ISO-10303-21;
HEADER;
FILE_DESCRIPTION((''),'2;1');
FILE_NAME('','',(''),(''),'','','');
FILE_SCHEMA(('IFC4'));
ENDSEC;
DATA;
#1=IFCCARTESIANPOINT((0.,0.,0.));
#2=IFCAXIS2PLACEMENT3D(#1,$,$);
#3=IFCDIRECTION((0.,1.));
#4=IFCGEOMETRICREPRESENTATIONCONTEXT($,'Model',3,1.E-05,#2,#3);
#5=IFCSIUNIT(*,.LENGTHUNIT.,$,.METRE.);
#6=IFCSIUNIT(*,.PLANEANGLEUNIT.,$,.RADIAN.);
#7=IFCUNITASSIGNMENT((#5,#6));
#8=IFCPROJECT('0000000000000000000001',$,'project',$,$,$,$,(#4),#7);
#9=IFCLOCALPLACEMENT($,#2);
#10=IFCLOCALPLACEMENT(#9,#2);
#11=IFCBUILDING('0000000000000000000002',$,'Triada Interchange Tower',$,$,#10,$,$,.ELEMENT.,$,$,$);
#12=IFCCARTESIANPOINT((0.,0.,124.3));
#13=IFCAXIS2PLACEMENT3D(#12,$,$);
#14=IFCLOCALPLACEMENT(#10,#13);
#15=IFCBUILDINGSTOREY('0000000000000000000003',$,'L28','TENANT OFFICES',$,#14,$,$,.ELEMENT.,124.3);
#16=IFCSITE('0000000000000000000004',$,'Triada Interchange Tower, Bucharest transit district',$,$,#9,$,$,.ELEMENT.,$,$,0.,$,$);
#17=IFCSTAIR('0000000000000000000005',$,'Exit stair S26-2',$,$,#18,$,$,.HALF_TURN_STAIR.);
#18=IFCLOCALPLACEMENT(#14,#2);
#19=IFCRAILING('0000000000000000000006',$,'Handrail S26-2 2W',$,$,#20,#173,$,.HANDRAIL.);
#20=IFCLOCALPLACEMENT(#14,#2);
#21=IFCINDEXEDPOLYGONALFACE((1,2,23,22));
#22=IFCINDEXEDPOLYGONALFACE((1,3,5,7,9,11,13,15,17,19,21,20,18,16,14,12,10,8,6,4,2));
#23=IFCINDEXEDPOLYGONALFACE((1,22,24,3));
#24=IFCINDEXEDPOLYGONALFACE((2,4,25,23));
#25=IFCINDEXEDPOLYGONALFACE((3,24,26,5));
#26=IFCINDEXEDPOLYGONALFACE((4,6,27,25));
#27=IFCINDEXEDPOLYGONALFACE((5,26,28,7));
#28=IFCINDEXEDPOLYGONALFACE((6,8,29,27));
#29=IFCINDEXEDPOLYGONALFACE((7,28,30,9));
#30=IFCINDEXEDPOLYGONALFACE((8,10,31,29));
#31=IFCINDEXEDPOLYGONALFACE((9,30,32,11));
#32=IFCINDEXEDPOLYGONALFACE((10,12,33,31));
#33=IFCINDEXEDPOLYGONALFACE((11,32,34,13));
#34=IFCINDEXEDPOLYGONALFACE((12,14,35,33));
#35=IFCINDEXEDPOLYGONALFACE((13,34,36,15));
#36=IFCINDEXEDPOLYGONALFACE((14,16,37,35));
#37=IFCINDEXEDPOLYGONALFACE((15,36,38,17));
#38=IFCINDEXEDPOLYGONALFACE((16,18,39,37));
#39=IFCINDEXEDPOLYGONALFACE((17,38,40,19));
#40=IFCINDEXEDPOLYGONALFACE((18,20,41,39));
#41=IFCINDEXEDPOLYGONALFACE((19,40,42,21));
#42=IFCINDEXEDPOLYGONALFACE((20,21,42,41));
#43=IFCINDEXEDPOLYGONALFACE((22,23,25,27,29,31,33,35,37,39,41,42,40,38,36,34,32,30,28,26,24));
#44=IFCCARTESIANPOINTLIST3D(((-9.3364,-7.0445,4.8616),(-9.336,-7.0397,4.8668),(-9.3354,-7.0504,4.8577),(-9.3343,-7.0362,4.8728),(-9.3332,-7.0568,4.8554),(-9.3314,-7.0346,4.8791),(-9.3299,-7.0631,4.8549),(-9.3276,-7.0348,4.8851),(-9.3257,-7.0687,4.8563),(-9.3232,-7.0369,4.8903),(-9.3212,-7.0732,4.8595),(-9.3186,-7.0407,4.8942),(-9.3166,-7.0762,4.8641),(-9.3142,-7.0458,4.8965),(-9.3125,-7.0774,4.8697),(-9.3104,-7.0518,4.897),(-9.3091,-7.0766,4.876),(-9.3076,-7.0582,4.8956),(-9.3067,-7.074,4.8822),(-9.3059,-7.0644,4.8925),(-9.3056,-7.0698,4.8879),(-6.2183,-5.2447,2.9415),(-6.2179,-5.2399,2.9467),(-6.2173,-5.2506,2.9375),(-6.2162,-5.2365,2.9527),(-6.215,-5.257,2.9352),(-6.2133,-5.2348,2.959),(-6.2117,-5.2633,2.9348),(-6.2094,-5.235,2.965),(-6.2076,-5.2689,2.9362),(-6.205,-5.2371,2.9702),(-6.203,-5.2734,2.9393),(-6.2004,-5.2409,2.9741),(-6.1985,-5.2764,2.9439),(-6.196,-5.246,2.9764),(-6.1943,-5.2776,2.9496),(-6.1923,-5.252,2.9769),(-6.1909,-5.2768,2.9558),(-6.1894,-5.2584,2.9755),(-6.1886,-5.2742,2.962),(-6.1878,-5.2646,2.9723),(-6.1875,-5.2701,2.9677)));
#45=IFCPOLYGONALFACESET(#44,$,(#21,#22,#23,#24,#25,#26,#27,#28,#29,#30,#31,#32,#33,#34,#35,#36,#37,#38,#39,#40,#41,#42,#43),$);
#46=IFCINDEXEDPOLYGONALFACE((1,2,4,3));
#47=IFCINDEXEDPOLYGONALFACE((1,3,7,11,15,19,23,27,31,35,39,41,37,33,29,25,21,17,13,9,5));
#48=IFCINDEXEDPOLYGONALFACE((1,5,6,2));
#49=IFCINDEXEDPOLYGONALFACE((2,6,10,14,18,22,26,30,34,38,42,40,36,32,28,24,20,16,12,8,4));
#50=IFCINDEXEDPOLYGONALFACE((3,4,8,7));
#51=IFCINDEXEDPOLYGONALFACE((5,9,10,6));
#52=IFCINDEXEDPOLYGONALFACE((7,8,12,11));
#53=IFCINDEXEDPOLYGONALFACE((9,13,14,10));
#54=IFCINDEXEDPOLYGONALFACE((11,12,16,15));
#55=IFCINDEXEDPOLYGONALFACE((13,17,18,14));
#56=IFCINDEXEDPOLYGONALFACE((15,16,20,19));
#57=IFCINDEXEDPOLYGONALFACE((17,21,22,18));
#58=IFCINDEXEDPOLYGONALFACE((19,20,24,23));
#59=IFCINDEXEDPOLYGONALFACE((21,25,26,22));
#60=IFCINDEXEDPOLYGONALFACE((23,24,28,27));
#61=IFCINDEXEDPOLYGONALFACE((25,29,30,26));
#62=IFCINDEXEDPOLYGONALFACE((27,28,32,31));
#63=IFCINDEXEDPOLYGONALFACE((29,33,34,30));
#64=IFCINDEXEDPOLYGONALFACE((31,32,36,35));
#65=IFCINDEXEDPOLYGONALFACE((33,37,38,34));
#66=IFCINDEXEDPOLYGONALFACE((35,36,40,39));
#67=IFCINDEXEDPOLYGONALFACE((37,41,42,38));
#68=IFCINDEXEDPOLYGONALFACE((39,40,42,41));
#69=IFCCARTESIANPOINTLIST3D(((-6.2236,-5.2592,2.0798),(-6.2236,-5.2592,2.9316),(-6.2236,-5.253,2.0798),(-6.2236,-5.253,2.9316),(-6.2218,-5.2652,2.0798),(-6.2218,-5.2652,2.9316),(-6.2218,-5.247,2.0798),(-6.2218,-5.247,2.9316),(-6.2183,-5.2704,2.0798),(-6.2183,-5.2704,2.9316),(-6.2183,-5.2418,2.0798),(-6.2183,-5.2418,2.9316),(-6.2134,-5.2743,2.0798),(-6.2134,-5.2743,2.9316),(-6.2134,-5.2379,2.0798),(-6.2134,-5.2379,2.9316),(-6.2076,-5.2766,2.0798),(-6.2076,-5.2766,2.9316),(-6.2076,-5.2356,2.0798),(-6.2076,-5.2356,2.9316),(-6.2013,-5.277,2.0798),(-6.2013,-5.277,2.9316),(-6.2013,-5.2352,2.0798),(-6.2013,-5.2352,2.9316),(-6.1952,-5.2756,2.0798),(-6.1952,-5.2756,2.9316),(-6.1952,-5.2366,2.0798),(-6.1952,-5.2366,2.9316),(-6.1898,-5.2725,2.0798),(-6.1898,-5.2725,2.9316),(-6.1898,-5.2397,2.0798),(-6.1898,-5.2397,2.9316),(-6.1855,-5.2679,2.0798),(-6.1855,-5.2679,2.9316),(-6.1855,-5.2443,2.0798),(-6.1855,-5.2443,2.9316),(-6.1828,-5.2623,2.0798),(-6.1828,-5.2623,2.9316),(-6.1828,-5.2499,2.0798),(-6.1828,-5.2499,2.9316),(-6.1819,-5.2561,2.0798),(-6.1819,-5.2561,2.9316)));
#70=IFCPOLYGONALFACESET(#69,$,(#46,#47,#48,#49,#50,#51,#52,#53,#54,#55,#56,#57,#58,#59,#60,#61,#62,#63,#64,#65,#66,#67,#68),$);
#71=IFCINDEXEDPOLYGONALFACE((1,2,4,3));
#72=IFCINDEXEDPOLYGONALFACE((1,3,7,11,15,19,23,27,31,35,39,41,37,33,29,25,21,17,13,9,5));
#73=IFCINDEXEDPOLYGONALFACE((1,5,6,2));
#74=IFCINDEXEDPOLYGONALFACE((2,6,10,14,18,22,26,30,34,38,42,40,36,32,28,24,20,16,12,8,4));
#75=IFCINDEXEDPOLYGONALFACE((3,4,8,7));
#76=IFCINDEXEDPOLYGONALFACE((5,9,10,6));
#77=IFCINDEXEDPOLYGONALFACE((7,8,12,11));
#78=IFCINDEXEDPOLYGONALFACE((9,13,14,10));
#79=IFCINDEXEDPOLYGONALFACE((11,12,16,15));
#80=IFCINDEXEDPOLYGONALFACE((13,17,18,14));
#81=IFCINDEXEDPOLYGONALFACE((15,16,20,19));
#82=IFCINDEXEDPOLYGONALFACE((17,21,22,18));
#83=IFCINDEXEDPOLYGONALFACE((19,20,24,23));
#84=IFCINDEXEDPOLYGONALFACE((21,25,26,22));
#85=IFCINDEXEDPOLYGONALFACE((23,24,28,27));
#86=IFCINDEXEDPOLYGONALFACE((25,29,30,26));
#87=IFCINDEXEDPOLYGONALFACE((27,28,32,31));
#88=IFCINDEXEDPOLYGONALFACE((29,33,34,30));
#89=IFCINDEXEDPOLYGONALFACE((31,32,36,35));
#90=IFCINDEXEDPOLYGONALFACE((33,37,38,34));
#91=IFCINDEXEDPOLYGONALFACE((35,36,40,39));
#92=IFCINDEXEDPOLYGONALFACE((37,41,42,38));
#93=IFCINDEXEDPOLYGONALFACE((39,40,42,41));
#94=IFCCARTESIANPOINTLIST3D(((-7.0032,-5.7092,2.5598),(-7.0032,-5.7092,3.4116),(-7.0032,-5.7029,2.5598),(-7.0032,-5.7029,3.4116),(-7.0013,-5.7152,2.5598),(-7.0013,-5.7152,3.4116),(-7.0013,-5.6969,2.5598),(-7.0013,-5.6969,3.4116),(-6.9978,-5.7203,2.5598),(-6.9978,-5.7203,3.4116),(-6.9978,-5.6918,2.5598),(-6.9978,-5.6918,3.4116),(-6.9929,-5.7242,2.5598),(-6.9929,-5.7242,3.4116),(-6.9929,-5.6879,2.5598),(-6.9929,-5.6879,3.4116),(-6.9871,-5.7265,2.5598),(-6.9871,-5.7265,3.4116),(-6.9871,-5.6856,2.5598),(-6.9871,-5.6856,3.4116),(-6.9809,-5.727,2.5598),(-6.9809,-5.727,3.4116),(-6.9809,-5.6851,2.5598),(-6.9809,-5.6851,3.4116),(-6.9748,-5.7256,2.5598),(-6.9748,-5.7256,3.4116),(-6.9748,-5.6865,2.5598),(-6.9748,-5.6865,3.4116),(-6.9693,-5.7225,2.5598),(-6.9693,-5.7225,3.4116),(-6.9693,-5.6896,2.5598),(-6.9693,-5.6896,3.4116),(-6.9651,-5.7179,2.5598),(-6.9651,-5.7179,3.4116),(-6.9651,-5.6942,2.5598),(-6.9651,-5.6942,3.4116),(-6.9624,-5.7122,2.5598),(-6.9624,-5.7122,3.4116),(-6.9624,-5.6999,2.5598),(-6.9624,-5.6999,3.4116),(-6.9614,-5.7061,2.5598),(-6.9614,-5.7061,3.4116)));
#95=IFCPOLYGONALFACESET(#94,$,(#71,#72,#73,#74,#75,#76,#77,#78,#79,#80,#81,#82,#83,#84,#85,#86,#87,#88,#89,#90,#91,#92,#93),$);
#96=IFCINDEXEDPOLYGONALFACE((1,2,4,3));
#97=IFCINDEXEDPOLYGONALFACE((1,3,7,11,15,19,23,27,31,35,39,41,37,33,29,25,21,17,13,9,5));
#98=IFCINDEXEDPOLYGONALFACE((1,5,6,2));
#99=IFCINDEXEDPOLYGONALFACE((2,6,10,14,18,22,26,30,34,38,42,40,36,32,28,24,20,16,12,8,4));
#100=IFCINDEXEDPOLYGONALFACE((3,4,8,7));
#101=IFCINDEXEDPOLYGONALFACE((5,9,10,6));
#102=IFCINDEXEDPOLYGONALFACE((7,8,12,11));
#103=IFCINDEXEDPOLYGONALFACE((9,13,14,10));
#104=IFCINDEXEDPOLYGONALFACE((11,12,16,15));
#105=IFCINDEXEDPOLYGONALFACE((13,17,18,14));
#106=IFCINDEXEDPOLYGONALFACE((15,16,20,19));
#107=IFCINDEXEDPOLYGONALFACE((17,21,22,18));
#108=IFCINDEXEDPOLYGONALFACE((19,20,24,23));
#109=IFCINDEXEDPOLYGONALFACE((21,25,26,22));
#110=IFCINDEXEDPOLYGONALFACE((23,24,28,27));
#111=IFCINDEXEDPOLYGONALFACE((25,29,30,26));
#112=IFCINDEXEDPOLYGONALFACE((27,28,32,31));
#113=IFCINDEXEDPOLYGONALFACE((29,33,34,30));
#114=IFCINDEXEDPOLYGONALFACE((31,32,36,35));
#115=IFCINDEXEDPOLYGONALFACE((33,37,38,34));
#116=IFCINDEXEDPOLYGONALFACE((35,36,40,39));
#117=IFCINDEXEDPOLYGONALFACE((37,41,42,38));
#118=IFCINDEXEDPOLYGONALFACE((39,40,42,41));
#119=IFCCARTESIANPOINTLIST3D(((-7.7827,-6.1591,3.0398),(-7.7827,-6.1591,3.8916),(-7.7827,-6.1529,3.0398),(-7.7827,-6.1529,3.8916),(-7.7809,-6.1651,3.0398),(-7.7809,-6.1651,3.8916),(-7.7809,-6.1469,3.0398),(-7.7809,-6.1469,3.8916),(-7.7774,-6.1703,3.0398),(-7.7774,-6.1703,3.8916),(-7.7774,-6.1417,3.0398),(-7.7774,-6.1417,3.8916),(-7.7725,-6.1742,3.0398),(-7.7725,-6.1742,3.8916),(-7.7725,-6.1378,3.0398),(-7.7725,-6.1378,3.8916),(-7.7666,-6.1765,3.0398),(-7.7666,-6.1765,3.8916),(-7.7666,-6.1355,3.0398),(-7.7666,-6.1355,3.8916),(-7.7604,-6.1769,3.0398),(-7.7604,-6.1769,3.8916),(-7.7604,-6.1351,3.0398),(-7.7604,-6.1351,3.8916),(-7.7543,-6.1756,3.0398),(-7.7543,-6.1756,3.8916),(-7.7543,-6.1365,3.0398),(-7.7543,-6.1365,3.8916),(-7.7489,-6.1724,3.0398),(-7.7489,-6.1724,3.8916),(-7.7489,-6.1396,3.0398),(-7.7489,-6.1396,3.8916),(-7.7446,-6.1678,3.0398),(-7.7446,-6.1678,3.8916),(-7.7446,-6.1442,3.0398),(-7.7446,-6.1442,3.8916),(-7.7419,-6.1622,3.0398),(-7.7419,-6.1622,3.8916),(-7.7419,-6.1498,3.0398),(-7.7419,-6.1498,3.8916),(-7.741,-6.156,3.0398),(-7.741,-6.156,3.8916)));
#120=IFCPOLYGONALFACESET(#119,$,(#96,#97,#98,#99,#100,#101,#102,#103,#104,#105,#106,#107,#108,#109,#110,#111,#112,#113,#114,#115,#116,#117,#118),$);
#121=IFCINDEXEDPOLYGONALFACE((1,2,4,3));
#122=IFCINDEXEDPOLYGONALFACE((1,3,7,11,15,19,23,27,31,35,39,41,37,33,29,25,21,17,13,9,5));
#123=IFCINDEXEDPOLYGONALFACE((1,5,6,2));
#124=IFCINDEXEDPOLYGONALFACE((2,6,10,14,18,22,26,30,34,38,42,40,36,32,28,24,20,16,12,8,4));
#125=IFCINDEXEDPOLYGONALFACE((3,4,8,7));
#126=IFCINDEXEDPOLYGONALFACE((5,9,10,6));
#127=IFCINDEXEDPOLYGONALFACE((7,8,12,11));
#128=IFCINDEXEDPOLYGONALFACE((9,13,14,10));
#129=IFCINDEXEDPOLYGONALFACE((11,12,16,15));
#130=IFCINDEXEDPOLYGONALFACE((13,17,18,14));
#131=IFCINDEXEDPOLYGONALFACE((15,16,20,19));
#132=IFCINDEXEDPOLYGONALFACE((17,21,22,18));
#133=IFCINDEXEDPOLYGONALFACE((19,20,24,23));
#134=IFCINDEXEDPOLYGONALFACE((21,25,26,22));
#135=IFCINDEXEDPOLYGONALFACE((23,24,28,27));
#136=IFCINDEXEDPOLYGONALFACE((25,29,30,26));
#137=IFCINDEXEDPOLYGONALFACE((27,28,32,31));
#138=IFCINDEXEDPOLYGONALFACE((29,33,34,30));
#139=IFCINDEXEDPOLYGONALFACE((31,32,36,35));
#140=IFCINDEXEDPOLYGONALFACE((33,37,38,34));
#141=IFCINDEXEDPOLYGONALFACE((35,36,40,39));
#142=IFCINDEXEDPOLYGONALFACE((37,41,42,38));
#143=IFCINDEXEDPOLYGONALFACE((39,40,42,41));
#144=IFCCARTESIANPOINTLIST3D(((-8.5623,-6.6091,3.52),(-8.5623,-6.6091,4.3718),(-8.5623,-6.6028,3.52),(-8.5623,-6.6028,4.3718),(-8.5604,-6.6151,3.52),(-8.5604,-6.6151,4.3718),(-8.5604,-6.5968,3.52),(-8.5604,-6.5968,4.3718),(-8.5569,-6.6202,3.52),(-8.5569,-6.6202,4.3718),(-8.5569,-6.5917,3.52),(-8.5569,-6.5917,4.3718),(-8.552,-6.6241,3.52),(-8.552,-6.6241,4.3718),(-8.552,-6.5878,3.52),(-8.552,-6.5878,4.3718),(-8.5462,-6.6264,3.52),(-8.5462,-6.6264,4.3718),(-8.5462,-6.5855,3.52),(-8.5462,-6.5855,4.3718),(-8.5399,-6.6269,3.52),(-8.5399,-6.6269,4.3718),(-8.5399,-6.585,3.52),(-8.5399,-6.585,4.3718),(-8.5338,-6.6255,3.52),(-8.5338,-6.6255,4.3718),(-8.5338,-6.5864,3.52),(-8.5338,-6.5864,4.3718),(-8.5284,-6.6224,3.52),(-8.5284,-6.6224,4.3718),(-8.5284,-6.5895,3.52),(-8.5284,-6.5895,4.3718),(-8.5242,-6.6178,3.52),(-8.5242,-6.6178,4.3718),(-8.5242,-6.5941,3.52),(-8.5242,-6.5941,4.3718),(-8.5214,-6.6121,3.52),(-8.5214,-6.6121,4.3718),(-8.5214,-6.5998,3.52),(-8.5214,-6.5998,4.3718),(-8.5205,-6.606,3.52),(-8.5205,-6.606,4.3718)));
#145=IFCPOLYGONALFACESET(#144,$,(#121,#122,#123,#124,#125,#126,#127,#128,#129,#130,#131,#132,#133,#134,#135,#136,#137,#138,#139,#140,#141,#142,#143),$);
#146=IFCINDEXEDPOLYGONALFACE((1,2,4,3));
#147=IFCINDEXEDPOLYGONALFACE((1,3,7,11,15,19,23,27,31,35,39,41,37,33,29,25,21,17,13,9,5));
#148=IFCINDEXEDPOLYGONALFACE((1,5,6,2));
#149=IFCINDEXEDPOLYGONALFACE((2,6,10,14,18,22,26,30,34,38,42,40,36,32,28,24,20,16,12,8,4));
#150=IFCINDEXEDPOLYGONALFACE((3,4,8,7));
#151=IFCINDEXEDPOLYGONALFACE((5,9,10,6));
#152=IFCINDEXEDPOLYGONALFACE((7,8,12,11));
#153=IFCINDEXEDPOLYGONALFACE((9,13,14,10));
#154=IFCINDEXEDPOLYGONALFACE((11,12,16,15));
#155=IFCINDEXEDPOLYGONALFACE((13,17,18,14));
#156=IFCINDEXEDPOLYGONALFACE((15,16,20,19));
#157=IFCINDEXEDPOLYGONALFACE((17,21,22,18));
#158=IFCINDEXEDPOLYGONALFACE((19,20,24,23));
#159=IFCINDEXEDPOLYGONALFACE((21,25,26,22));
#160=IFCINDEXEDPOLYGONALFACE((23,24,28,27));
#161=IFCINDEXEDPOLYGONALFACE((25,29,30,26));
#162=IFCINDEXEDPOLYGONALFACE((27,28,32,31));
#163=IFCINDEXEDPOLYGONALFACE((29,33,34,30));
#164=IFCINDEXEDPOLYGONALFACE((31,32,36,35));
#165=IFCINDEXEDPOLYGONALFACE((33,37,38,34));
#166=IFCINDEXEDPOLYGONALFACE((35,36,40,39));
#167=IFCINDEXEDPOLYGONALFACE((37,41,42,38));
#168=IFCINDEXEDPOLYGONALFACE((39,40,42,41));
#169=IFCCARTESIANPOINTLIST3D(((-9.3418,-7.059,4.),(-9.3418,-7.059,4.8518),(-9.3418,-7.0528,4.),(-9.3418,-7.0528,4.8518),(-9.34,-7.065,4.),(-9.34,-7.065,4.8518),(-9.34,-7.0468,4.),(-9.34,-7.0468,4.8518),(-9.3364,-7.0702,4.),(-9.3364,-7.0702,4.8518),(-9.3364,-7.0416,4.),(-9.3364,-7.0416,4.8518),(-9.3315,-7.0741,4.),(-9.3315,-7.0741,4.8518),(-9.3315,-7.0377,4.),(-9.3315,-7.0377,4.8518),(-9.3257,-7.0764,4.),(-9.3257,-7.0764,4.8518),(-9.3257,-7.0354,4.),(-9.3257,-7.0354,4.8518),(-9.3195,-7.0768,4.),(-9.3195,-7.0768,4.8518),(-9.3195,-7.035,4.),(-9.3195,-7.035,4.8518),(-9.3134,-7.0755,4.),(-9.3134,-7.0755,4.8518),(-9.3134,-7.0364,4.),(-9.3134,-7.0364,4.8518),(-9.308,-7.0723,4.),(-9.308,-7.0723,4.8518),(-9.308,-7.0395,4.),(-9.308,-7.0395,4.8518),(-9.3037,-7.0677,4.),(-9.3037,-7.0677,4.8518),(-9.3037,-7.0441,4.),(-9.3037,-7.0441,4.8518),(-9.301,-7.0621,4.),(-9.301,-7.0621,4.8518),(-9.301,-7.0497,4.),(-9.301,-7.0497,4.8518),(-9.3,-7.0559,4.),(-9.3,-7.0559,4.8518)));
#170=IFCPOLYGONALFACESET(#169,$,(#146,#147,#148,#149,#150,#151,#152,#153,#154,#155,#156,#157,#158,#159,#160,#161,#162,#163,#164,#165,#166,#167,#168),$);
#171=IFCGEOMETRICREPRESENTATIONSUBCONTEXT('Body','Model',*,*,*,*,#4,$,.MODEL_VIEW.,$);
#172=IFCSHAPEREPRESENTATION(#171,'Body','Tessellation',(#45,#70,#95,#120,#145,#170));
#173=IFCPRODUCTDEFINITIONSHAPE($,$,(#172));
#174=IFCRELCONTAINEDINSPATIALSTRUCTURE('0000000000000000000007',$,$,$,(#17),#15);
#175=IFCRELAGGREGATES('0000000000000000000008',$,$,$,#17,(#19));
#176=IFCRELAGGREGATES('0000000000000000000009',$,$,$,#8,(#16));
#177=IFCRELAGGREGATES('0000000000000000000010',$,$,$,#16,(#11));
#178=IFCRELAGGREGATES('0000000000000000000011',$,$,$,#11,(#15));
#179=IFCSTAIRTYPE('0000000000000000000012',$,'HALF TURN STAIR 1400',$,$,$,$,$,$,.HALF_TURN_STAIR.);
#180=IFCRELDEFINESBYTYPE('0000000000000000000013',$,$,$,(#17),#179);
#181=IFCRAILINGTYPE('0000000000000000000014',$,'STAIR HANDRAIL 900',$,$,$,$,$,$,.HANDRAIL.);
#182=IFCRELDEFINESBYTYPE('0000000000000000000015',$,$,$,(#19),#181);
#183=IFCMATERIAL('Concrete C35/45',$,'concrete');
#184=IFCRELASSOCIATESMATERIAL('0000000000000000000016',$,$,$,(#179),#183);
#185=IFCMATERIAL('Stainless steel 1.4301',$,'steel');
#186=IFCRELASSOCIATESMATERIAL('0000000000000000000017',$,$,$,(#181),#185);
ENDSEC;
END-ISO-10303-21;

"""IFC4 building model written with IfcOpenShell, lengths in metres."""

from ifc_helpers import new_model, si_unit, direction, frame, origin, origin_2d, place, context, subcontext, project, spatial, circle, extrude, material, type_object, element, aggregate, save


model = new_model("IFC4")

# Units and contexts
model_context = context("Model", 3, precision=1e-05, world=origin(), true_north=direction((0.0, 1.0)))
body_context = subcontext(model_context, "Body", "Model", "MODEL_VIEW")
ifc_project = project(units=[si_unit("LENGTHUNIT", "METRE"), si_unit("PLANEANGLEUNIT", "RADIAN")], contexts=[model_context])

# Site, building, storey
site_placement = place(None, origin())
site = spatial("IfcSite", under=ifc_project, at=site_placement, Name="Triada Interchange Tower, Bucharest transit district", CompositionType="ELEMENT", RefElevation=0.0)
building_placement = place(site_placement, origin())
building = spatial("IfcBuilding", under=site, at=building_placement, Name="Triada Interchange Tower", CompositionType="ELEMENT")
storey_placement = place(building_placement, frame((0.0, 0.0, 124.3)))
storey = spatial("IfcBuildingStorey", under=building, at=storey_placement, Name="L28", Description="TENANT OFFICES", CompositionType="ELEMENT", Elevation=124.3)

# Stair, railing
ifc_material_1 = material(Name="Concrete C35/45", Category="concrete")
stair_type = type_object("IfcStairType", Name="HALF TURN STAIR 1400", PredefinedType="HALF_TURN_STAIR", material=ifc_material_1)
stair_placement = place(storey_placement, origin())
stair = element("IfcStair", 1, at=stair_placement, inside=storey, type_object=stair_type, Name="Exit stair S26-2", PredefinedType="HALF_TURN_STAIR")
ifc_material_2 = material(Name="Stainless steel 1.4301", Category="steel")
railing_type = type_object("IfcRailingType", Name="STAIR HANDRAIL 900", PredefinedType="HANDRAIL", material=ifc_material_2)
railing_1_placement = place(storey_placement, frame((-6.2029, -5.2561, 2.0798)))
railing_1 = element("IfcRailing", 2, at=railing_1_placement, type_object=railing_type, Name="Handrail S26-2 2W", PredefinedType="HANDRAIL", context=body_context, shape_type="SweptSolid", body=[
    extrude(circle(Radius=0.0239, at=origin_2d()), frame((0.0, 0.0, 0.876), z_axis=(-0.76419, -0.44109, 0.470588), x_axis=(0.499902, -0.866082, 0.0)), (0.0, 0.0, 1.0), 4.0803),
    extrude(circle(Radius=0.021, at=origin_2d()), origin(), (0.0, 0.0, 1.0), 0.8518),
    extrude(circle(Radius=0.021, at=origin_2d()), frame((-0.7795, -0.45, 0.48)), (0.0, 0.0, 1.0), 0.8518),
    extrude(circle(Radius=0.021, at=origin_2d()), frame((-1.5591, -0.8999, 0.96)), (0.0, 0.0, 1.0), 0.8518),
    extrude(circle(Radius=0.021, at=origin_2d()), frame((-2.3386, -1.3499, 1.4402)), (0.0, 0.0, 1.0), 0.8518),
    extrude(circle(Radius=0.021, at=origin_2d()), frame((-3.1182, -1.7998, 1.9202)), (0.0, 0.0, 1.0), 0.8518),
])
aggregate(stair, [railing_1])

save(model, "model.ifc")
